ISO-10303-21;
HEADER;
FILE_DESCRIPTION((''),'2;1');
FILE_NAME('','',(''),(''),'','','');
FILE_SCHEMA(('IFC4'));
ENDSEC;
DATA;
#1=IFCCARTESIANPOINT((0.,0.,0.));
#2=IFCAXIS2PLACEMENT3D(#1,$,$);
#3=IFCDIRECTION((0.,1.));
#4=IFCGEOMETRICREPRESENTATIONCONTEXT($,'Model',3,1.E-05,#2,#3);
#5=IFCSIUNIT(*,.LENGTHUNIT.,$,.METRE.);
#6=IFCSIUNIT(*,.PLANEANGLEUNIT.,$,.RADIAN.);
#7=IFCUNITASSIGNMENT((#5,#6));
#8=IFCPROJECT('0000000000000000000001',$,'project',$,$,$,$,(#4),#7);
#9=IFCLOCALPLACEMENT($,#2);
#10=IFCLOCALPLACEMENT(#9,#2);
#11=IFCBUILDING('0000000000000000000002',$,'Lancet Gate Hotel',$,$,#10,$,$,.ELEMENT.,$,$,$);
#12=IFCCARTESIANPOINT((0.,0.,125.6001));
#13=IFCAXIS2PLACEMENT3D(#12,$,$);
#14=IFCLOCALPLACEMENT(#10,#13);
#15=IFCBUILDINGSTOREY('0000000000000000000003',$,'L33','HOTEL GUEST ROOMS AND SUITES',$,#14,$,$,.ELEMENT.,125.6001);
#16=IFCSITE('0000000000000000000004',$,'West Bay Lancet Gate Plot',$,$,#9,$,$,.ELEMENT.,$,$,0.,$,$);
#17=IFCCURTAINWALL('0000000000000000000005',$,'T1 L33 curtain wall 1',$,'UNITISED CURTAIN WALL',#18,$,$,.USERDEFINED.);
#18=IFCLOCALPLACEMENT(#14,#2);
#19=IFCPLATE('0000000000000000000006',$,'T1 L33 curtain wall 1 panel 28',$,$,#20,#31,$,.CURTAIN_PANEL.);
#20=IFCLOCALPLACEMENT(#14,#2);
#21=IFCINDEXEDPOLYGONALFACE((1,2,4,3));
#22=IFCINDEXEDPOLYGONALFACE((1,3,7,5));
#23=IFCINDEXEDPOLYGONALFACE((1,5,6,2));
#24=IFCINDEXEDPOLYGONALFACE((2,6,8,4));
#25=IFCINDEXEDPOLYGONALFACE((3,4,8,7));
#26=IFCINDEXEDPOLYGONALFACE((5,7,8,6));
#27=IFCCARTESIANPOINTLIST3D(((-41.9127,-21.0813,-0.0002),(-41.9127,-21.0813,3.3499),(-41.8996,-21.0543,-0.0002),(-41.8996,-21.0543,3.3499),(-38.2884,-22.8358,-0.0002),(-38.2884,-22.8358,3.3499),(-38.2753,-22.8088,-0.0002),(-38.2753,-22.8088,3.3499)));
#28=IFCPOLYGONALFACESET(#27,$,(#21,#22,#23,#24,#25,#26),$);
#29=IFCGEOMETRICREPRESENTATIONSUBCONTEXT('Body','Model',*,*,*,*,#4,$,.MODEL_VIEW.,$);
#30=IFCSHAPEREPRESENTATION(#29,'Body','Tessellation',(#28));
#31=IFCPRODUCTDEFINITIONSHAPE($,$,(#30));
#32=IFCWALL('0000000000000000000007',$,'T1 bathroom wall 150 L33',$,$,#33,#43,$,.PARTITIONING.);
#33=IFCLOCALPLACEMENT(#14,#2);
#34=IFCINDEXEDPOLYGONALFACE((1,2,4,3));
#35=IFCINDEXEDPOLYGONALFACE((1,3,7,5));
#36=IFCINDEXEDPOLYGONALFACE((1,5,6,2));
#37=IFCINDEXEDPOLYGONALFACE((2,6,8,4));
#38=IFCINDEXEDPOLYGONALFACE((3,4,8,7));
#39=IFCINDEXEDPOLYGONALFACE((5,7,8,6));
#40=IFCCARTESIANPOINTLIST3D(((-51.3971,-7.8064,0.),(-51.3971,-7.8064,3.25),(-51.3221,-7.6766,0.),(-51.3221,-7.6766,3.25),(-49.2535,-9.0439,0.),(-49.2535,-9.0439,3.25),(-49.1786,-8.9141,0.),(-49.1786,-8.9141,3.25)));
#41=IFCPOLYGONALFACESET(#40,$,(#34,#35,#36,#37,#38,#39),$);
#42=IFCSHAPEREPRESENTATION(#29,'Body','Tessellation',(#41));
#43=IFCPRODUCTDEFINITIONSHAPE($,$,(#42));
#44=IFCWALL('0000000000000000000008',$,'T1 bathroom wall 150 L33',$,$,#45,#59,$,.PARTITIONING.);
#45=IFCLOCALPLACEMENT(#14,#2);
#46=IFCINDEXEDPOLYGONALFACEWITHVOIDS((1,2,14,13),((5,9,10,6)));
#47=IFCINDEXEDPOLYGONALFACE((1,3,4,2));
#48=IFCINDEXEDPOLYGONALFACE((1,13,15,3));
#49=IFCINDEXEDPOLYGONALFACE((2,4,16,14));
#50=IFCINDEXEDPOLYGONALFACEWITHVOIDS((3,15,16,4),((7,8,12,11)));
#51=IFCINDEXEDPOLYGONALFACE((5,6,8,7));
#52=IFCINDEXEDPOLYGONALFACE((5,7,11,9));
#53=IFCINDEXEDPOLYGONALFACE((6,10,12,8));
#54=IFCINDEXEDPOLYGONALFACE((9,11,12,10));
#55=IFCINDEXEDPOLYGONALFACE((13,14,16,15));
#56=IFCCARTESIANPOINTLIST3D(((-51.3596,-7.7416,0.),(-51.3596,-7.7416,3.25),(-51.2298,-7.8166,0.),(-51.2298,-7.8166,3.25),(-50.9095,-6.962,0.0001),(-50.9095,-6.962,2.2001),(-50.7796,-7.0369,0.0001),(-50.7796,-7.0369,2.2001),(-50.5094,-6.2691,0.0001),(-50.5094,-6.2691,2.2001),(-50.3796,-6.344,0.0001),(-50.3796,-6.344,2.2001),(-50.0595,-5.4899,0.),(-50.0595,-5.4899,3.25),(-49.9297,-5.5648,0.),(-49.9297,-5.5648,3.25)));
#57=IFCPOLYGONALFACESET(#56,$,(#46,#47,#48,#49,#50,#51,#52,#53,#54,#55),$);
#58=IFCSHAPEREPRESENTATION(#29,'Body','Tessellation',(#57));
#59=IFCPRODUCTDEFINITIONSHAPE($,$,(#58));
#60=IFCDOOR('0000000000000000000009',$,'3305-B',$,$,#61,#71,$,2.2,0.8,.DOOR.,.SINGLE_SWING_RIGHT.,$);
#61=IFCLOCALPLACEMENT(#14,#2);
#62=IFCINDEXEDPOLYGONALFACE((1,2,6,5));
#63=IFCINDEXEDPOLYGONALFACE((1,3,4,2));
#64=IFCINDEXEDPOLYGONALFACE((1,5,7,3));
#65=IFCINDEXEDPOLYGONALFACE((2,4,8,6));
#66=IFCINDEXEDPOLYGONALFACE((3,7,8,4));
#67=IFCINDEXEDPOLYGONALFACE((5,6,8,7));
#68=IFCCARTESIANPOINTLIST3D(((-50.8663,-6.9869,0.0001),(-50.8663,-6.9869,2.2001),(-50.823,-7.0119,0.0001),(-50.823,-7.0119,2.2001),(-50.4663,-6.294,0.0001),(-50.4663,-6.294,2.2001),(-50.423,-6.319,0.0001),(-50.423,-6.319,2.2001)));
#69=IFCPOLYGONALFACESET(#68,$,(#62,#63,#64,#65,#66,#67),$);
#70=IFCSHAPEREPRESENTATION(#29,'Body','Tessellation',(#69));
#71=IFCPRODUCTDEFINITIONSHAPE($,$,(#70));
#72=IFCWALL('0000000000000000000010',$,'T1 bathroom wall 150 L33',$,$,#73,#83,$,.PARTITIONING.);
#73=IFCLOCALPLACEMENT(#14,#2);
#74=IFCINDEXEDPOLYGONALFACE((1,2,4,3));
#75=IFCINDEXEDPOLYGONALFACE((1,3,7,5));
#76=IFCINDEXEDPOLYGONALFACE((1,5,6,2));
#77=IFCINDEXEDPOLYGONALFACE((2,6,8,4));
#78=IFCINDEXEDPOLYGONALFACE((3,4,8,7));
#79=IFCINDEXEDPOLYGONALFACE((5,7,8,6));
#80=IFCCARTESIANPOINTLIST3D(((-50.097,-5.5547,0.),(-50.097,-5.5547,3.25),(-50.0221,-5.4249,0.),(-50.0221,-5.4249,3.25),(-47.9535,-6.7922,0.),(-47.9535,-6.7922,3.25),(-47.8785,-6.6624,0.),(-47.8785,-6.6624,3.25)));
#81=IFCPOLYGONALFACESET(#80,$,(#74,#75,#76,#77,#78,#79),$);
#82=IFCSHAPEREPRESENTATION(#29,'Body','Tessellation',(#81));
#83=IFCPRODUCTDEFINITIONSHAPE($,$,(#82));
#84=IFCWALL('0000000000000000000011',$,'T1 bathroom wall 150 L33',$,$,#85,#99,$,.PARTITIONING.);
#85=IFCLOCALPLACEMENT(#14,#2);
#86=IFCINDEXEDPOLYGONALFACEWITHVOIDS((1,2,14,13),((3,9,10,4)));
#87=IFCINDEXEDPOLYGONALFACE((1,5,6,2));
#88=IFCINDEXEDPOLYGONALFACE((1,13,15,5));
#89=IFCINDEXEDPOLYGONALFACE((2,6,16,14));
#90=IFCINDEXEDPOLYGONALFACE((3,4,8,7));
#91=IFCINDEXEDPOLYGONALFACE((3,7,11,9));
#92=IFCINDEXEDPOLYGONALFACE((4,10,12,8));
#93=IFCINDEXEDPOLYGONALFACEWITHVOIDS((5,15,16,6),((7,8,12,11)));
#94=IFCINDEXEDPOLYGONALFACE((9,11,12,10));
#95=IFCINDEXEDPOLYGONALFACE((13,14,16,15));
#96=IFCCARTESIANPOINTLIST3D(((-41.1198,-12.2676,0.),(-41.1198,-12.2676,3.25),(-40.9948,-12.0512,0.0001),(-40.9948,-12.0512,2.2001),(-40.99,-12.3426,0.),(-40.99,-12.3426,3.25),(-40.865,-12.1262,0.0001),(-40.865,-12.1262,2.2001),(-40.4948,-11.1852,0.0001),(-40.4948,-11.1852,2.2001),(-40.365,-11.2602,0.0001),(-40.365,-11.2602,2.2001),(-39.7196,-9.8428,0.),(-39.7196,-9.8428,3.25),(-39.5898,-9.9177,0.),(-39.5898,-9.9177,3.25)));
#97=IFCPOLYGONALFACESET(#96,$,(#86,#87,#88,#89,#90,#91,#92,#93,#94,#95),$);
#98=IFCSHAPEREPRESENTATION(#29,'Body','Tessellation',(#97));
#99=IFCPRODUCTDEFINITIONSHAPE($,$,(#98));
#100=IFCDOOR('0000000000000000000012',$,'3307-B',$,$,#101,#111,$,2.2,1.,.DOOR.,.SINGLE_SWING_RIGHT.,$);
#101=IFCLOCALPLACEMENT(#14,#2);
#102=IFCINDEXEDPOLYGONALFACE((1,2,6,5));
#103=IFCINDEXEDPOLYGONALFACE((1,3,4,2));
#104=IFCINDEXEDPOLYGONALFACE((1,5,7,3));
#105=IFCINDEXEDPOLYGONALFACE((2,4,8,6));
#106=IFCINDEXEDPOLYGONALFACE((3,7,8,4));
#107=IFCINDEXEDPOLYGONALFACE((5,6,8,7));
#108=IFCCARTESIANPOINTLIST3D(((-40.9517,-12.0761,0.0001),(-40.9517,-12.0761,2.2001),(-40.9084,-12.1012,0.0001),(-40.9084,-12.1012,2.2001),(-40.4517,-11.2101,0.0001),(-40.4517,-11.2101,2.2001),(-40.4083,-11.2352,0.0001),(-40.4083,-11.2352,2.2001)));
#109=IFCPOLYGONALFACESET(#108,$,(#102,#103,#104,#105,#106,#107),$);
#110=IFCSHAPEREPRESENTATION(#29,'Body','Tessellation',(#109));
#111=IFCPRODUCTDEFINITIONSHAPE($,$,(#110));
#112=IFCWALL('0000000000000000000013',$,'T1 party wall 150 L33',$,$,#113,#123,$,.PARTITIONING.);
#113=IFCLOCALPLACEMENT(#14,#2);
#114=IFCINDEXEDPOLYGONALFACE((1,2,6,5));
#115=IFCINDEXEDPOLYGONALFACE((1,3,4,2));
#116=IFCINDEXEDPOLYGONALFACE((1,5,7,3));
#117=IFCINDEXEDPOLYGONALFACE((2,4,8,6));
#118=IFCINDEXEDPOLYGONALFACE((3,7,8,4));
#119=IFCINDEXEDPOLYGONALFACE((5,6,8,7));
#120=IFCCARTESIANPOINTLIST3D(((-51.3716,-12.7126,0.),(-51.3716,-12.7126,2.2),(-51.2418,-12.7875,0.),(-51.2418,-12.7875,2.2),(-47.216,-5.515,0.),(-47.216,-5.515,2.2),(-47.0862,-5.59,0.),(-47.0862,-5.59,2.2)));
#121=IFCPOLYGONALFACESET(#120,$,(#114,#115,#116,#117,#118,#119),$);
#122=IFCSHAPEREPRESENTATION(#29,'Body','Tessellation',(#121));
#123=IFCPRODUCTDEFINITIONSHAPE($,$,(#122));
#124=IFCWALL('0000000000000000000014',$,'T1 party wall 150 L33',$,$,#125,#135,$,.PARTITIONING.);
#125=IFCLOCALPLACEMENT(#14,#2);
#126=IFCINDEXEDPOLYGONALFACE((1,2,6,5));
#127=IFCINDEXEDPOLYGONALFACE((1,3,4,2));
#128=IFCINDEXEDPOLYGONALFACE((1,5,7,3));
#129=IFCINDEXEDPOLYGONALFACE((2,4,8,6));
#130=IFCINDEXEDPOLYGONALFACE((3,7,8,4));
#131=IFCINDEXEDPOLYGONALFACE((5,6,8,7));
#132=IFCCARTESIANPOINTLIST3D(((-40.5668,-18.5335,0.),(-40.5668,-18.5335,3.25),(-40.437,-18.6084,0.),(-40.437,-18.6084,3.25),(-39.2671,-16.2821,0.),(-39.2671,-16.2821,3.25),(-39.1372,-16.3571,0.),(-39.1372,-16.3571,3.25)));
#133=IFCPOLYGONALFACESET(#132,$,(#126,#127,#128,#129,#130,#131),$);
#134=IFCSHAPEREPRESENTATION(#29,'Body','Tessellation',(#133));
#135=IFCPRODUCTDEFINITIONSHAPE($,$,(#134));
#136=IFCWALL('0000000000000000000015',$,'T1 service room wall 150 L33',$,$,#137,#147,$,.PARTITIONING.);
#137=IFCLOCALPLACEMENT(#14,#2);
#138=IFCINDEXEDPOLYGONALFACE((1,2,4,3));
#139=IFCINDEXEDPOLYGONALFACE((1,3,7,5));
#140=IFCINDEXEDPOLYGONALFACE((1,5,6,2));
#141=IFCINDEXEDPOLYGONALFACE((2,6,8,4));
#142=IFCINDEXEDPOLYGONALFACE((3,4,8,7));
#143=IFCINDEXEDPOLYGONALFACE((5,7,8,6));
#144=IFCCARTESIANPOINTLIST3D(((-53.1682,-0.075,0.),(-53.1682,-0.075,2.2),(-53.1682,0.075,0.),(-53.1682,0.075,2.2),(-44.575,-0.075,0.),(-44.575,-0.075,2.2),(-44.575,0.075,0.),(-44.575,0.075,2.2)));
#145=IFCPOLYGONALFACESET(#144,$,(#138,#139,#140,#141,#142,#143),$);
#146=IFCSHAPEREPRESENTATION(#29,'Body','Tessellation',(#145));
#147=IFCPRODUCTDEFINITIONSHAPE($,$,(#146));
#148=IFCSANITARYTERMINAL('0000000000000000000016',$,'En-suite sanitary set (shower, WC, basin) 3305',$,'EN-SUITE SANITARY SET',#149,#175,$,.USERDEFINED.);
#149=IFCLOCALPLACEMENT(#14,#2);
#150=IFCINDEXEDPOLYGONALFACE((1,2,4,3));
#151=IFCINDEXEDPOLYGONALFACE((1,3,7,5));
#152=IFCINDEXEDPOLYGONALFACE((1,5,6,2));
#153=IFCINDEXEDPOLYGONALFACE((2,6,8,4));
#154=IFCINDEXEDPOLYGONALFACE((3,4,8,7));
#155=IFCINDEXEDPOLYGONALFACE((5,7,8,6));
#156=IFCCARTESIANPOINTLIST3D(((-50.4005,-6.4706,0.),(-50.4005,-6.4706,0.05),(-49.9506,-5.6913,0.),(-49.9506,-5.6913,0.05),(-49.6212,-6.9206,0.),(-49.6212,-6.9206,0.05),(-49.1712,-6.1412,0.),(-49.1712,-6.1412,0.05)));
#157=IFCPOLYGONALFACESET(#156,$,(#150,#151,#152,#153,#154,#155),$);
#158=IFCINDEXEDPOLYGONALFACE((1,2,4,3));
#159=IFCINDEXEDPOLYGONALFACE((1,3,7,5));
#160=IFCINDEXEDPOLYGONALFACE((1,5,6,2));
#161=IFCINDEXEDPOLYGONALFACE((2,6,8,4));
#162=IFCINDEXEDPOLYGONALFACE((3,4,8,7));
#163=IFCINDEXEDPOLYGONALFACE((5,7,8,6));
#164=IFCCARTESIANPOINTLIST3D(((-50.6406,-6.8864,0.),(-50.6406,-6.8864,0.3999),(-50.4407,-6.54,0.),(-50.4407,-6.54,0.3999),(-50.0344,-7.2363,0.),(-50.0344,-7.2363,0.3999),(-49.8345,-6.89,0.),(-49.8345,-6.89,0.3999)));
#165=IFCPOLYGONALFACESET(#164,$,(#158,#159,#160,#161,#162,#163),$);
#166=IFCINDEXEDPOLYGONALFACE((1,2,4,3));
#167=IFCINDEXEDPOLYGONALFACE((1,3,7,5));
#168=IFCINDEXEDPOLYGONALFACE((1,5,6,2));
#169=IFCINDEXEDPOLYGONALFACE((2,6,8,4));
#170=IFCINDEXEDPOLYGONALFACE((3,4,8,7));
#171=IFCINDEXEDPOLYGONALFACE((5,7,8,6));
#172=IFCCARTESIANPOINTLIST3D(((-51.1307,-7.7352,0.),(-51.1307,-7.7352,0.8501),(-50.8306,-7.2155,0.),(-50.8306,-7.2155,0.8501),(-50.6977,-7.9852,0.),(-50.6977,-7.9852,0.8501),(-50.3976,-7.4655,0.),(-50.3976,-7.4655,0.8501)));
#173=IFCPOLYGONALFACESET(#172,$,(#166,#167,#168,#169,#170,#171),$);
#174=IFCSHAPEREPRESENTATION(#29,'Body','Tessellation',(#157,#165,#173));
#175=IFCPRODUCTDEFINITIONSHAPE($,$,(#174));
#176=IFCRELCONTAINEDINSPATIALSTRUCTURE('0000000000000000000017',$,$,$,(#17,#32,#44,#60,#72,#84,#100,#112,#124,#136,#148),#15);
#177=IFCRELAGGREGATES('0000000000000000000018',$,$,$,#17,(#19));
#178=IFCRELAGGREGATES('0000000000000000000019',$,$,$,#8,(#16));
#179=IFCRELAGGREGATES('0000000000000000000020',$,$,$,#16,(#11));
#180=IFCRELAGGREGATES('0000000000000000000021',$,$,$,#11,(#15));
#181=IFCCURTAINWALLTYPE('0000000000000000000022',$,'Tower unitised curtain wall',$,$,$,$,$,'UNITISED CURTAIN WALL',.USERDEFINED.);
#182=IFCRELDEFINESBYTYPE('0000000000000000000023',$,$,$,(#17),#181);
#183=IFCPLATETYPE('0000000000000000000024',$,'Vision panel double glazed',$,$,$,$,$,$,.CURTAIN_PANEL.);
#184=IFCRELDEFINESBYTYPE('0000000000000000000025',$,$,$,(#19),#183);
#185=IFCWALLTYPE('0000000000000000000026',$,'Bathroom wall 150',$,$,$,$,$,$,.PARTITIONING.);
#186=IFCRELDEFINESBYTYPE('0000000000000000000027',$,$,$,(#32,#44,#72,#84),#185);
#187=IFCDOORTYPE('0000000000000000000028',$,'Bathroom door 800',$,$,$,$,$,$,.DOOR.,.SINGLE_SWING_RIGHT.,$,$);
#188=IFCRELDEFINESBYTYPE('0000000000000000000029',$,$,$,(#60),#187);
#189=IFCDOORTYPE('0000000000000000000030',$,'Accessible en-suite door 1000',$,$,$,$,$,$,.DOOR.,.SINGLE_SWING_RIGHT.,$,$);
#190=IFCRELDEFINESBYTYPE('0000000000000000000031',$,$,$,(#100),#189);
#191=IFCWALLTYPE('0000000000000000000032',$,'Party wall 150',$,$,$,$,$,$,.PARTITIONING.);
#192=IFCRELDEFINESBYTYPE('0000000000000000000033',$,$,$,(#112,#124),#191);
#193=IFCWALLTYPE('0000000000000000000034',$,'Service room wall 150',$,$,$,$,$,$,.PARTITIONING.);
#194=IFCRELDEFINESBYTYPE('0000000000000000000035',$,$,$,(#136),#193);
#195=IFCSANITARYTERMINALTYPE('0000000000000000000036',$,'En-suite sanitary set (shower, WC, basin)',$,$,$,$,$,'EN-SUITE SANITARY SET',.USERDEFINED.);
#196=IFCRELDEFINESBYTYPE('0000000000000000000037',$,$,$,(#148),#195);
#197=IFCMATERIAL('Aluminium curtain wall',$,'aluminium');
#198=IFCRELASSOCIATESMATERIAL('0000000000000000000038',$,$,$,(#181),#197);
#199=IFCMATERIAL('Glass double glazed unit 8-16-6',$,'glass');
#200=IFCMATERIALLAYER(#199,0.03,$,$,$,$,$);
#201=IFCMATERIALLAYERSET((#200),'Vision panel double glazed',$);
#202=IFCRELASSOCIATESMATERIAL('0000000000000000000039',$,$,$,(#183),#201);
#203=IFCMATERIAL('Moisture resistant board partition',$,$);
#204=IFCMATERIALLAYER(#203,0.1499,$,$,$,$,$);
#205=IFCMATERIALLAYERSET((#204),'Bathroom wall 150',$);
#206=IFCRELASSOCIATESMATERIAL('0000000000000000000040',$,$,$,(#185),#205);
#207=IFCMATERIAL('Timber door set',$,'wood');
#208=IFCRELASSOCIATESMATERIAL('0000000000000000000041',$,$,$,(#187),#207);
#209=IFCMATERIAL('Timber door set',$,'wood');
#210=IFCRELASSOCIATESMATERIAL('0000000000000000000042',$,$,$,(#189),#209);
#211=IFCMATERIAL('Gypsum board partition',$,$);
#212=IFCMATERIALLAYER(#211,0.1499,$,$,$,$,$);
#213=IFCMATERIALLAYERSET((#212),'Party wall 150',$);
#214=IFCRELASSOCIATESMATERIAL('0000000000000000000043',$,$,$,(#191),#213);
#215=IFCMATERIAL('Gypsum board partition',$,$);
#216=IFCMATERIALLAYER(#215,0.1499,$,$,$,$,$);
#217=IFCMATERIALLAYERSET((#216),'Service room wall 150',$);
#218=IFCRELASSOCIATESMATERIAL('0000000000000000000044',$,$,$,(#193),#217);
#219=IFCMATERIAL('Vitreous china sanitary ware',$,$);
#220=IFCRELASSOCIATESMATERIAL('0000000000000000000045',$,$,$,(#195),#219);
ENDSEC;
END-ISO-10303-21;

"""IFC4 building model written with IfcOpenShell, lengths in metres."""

from ifc_helpers import new_model, si_unit, direction, frame, frame_2d, origin, origin_2d, place, context, subcontext, project, spatial, rectangle, extrude, material, layer, layer_set, type_object, element, fill, aggregate, save


model = new_model("IFC4")

# Units and contexts
model_context = context("Model", 3, precision=1e-05, world=origin(), true_north=direction((0.0, 1.0)))
body_context = subcontext(model_context, "Body", "Model", "MODEL_VIEW")
ifc_project = project(units=[si_unit("LENGTHUNIT", "METRE"), si_unit("PLANEANGLEUNIT", "RADIAN")], contexts=[model_context])

# Site, building, storey
site_placement = place(None, origin())
site = spatial("IfcSite", under=ifc_project, at=site_placement, Name="West Bay Lancet Gate Plot", CompositionType="ELEMENT", RefElevation=0.0)
building_placement = place(site_placement, origin())
building = spatial("IfcBuilding", under=site, at=building_placement, Name="Lancet Gate Hotel", CompositionType="ELEMENT")
storey_placement = place(building_placement, frame((0.0, 0.0, 125.6001)))
storey = spatial("IfcBuildingStorey", under=building, at=storey_placement, Name="L33", Description="HOTEL GUEST ROOMS AND SUITES", CompositionType="ELEMENT", Elevation=125.6001)

# Curtain wall
ifc_material_1 = material(Name="Aluminium curtain wall", Category="aluminium")
curtain_wall_type = type_object("IfcCurtainWallType", Name="Tower unitised curtain wall", ElementType="UNITISED CURTAIN WALL", PredefinedType="USERDEFINED", material=ifc_material_1)
curtain_wall_placement = place(storey_placement, origin())
curtain_wall = element("IfcCurtainWall", 1, at=curtain_wall_placement, inside=storey, type_object=curtain_wall_type, Name="T1 L33 curtain wall 1", ObjectType="UNITISED CURTAIN WALL", PredefinedType="USERDEFINED")

# Plate
ifc_material_2 = material(Name="Glass double glazed unit 8-16-6", Category="glass")
ifc_layer_1 = layer(ifc_material_2, 0.03)
ifc_layer_set_1 = layer_set([ifc_layer_1], Name="Vision panel double glazed")
plate_type = type_object("IfcPlateType", Name="Vision panel double glazed", PredefinedType="CURTAIN_PANEL", material=ifc_layer_set_1)
plate_1_placement = place(storey_placement, frame((-40.094, -21.9451, -0.0002), z_axis=(0.0, 0.0, 1.0), x_axis=(0.900082, -0.435721, 0.0)))
plate_1 = element("IfcPlate", 2, at=plate_1_placement, type_object=plate_type, Name="T1 L33 curtain wall 1 panel 28", PredefinedType="CURTAIN_PANEL", context=body_context, shape_type="SweptSolid", body=[
    extrude(rectangle(XDim=4.0266, YDim=0.03, at=origin_2d()), origin(), (0.0, 0.0, 1.0), 3.3501),
])
aggregate(curtain_wall, [plate_1])

# Wall
ifc_material_3 = material(Name="Moisture resistant board partition")
ifc_layer_2 = layer(ifc_material_3, 0.1499)
ifc_layer_set_2 = layer_set([ifc_layer_2], Name="Bathroom wall 150")
wall_type_1 = type_object("IfcWallType", Name="Bathroom wall 150", PredefinedType="PARTITIONING", material=ifc_layer_set_2)
wall_1_placement = place(storey_placement, frame((-49.2161, -8.979, 0.0), z_axis=(0.0, 0.0, 1.0), x_axis=(-0.866031, 0.49999, 0.0)))
element("IfcWall", 3, at=wall_1_placement, inside=storey, type_object=wall_type_1, Name="T1 bathroom wall 150 L33", PredefinedType="PARTITIONING", context=body_context, shape_type="SweptSolid", body=[
    extrude(rectangle(XDim=2.4751, YDim=0.1499, at=frame_2d((1.2375, 0.0))), origin(), (0.0, 0.0, 1.0), 3.25),
])

# Wall, opening, door
wall_2_placement = place(storey_placement, frame((-49.9946, -5.5273, 0.0), z_axis=(0.0, 0.0, 1.0), x_axis=(-0.500007, -0.866021, 0.0)))
wall_2 = element("IfcWall", 4, at=wall_2_placement, inside=storey, type_object=wall_type_1, Name="T1 bathroom wall 150 L33", PredefinedType="PARTITIONING", context=body_context, shape_type="SweptSolid", body=[
    extrude(rectangle(XDim=2.6001, YDim=0.1499, at=frame_2d((1.3, 0.0))), origin(), (0.0, 0.0, 1.0), 3.25),
])
opening_1_placement = place(wall_2_placement, frame((0.8999, 0.0, 0.0)))
opening_1 = element("IfcOpeningElement", 5, at=opening_1_placement, cuts=wall_2, PredefinedType="OPENING", context=body_context, shape_type="SweptSolid", body=[
    extrude(rectangle(XDim=0.8, YDim=2.2, at=frame_2d((0.3999, 1.1001))), frame((0.0, 0.085, 0.0), z_axis=(0.0, -1.0, 0.0), x_axis=(1.0, 0.0, 0.0)), (0.0, 0.0, 1.0), 0.1699),
])
ifc_material_4 = material(Name="Timber door set", Category="wood")
door_type_1 = type_object("IfcDoorType", Name="Bathroom door 800", OperationType="SINGLE_SWING_RIGHT", PredefinedType="DOOR", material=ifc_material_4)
door_1_placement = place(opening_1_placement, origin())
door_1 = element("IfcDoor", 6, at=door_1_placement, inside=storey, type_object=door_type_1, Name="3305-B", OperationType="SINGLE_SWING_RIGHT", OverallHeight=2.2, OverallWidth=0.8, PredefinedType="DOOR", context=body_context, shape_type="SweptSolid", body=[
    extrude(rectangle(XDim=0.8, YDim=2.2, at=frame_2d((0.3999, 1.1001))), frame((0.0, 0.0249, 0.0), z_axis=(0.0, -1.0, 0.0), x_axis=(1.0, 0.0, 0.0)), (0.0, 0.0, 1.0), 0.05),
])
fill(opening_1, door_1)

# Wall
wall_3_placement = place(storey_placement, frame((-47.916, -6.7273, 0.0), z_axis=(0.0, 0.0, 1.0), x_axis=(-0.866031, 0.49999, 0.0)))
element("IfcWall", 7, at=wall_3_placement, inside=storey, type_object=wall_type_1, Name="T1 bathroom wall 150 L33", PredefinedType="PARTITIONING", context=body_context, shape_type="SweptSolid", body=[
    extrude(rectangle(XDim=2.4751, YDim=0.1499, at=frame_2d((1.2375, 0.0))), origin(), (0.0, 0.0, 1.0), 3.25),
])

# Wall, opening, door
wall_4_placement = place(storey_placement, frame((-39.6548, -9.8804, 0.0), z_axis=(0.0, 0.0, 1.0), x_axis=(-0.50005, -0.865997, 0.0)))
wall_4 = element("IfcWall", 8, at=wall_4_placement, inside=storey, type_object=wall_type_1, Name="T1 bathroom wall 150 L33", PredefinedType="PARTITIONING", context=body_context, shape_type="SweptSolid", body=[
    extrude(rectangle(XDim=2.8, YDim=0.1499, at=frame_2d((1.3999, 0.0))), origin(), (0.0, 0.0, 1.0), 3.25),
])
opening_2_placement = place(wall_4_placement, frame((1.55, 0.0, 0.0)))
opening_2 = element("IfcOpeningElement", 9, at=opening_2_placement, cuts=wall_4, PredefinedType="OPENING", context=body_context, shape_type="SweptSolid", body=[
    extrude(rectangle(XDim=1.0, YDim=2.2, at=frame_2d((0.5, 1.1001))), frame((0.0, 0.085, 0.0), z_axis=(0.0, -1.0, 0.0), x_axis=(1.0, 0.0, 0.0)), (0.0, 0.0, 1.0), 0.1699),
])
ifc_material_5 = material(Name="Timber door set", Category="wood")
door_type_2 = type_object("IfcDoorType", Name="Accessible en-suite door 1000", OperationType="SINGLE_SWING_RIGHT", PredefinedType="DOOR", material=ifc_material_5)
door_2_placement = place(opening_2_placement, origin())
door_2 = element("IfcDoor", 10, at=door_2_placement, inside=storey, type_object=door_type_2, Name="3307-B", OperationType="SINGLE_SWING_RIGHT", OverallHeight=2.2, OverallWidth=1.0, PredefinedType="DOOR", context=body_context, shape_type="SweptSolid", body=[
    extrude(rectangle(XDim=1.0, YDim=2.2, at=frame_2d((0.5, 1.1001))), frame((0.0, 0.0249, 0.0), z_axis=(0.0, -1.0, 0.0), x_axis=(1.0, 0.0, 0.0)), (0.0, 0.0, 1.0), 0.05),
])
fill(opening_2, door_2)

# Walls
ifc_material_6 = material(Name="Gypsum board partition")
ifc_layer_3 = layer(ifc_material_6, 0.1499)
ifc_layer_set_3 = layer_set([ifc_layer_3], Name="Party wall 150")
wall_type_2 = type_object("IfcWallType", Name="Party wall 150", PredefinedType="PARTITIONING", material=ifc_layer_set_3)
wall_5_placement = place(storey_placement, frame((-47.1511, -5.5525, 0.0), z_axis=(0.0, 0.0, 1.0), x_axis=(-0.500003, -0.866024, 0.0)))
element("IfcWall", 11, at=wall_5_placement, inside=storey, type_object=wall_type_2, Name="T1 party wall 150 L33", PredefinedType="PARTITIONING", context=body_context, shape_type="SweptSolid", body=[
    extrude(rectangle(XDim=8.311, YDim=0.1499, at=frame_2d((4.1555, 0.0))), origin(), (0.0, 0.0, 1.0), 2.2),
])
wall_6_placement = place(storey_placement, frame((-39.2021, -16.3196, 0.0), z_axis=(0.0, 0.0, 1.0), x_axis=(-0.499977, -0.866039, 0.0)))
element("IfcWall", 12, at=wall_6_placement, inside=storey, type_object=wall_type_2, Name="T1 party wall 150 L33", PredefinedType="PARTITIONING", context=body_context, shape_type="SweptSolid", body=[
    extrude(rectangle(XDim=2.5996, YDim=0.1499, at=frame_2d((1.2998, 0.0))), origin(), (0.0, 0.0, 1.0), 3.25),
])
ifc_material_7 = material(Name="Gypsum board partition")
ifc_layer_4 = layer(ifc_material_7, 0.1499)
ifc_layer_set_4 = layer_set([ifc_layer_4], Name="Service room wall 150")
wall_type_3 = type_object("IfcWallType", Name="Service room wall 150", PredefinedType="PARTITIONING", material=ifc_layer_set_4)
wall_7_placement = place(storey_placement, frame((-44.575, 0.0, 0.0), z_axis=(0.0, 0.0, 1.0), x_axis=(-1.0, 0.0, 0.0)))
element("IfcWall", 13, at=wall_7_placement, inside=storey, type_object=wall_type_3, Name="T1 service room wall 150 L33", PredefinedType="PARTITIONING", context=body_context, shape_type="SweptSolid", body=[
    extrude(rectangle(XDim=8.5933, YDim=0.1499, at=frame_2d((4.2966, 0.0))), origin(), (0.0, 0.0, 1.0), 2.2),
])

# Sanitary terminal
ifc_material_8 = material(Name="Vitreous china sanitary ware")
sanitary_terminal_type_1 = type_object("IfcSanitaryTerminalType", Name="En-suite sanitary set (shower, WC, basin)", ElementType="EN-SUITE SANITARY SET", PredefinedType="USERDEFINED", material=ifc_material_8)
sanitary_terminal_1_placement = place(storey_placement, frame((-49.7859, -6.3059, 0.0), z_axis=(0.0, 0.0, 1.0), x_axis=(1.0, 0.0, 0.0)))
element("IfcSanitaryTerminal", 14, at=sanitary_terminal_1_placement, inside=storey, type_object=sanitary_terminal_type_1, Name="En-suite sanitary set (shower, WC, basin) 3305", ObjectType="EN-SUITE SANITARY SET", PredefinedType="USERDEFINED", context=body_context, shape_type="SweptSolid", body=[
    extrude(rectangle(XDim=0.8999, YDim=0.8999, at=origin_2d()), frame((0.0, 0.0, 0.0), z_axis=(0.0, 0.0, 1.0), x_axis=(0.5, 0.866025, 0.0)), (0.0, 0.0, 1.0), 0.05),
    extrude(rectangle(XDim=0.3999, YDim=0.7, at=origin_2d()), frame((-0.4517, -0.5823, 0.0), z_axis=(0.0, 0.0, 1.0), x_axis=(0.5, 0.866025, 0.0)), (0.0, 0.0, 1.0), 0.3999),
    extrude(rectangle(XDim=0.6001, YDim=0.5, at=origin_2d()), frame((-0.9783, -1.2944, 0.0), z_axis=(0.0, 0.0, 1.0), x_axis=(0.5, 0.866025, 0.0)), (0.0, 0.0, 1.0), 0.8501),
])

save(model, "model.ifc")
